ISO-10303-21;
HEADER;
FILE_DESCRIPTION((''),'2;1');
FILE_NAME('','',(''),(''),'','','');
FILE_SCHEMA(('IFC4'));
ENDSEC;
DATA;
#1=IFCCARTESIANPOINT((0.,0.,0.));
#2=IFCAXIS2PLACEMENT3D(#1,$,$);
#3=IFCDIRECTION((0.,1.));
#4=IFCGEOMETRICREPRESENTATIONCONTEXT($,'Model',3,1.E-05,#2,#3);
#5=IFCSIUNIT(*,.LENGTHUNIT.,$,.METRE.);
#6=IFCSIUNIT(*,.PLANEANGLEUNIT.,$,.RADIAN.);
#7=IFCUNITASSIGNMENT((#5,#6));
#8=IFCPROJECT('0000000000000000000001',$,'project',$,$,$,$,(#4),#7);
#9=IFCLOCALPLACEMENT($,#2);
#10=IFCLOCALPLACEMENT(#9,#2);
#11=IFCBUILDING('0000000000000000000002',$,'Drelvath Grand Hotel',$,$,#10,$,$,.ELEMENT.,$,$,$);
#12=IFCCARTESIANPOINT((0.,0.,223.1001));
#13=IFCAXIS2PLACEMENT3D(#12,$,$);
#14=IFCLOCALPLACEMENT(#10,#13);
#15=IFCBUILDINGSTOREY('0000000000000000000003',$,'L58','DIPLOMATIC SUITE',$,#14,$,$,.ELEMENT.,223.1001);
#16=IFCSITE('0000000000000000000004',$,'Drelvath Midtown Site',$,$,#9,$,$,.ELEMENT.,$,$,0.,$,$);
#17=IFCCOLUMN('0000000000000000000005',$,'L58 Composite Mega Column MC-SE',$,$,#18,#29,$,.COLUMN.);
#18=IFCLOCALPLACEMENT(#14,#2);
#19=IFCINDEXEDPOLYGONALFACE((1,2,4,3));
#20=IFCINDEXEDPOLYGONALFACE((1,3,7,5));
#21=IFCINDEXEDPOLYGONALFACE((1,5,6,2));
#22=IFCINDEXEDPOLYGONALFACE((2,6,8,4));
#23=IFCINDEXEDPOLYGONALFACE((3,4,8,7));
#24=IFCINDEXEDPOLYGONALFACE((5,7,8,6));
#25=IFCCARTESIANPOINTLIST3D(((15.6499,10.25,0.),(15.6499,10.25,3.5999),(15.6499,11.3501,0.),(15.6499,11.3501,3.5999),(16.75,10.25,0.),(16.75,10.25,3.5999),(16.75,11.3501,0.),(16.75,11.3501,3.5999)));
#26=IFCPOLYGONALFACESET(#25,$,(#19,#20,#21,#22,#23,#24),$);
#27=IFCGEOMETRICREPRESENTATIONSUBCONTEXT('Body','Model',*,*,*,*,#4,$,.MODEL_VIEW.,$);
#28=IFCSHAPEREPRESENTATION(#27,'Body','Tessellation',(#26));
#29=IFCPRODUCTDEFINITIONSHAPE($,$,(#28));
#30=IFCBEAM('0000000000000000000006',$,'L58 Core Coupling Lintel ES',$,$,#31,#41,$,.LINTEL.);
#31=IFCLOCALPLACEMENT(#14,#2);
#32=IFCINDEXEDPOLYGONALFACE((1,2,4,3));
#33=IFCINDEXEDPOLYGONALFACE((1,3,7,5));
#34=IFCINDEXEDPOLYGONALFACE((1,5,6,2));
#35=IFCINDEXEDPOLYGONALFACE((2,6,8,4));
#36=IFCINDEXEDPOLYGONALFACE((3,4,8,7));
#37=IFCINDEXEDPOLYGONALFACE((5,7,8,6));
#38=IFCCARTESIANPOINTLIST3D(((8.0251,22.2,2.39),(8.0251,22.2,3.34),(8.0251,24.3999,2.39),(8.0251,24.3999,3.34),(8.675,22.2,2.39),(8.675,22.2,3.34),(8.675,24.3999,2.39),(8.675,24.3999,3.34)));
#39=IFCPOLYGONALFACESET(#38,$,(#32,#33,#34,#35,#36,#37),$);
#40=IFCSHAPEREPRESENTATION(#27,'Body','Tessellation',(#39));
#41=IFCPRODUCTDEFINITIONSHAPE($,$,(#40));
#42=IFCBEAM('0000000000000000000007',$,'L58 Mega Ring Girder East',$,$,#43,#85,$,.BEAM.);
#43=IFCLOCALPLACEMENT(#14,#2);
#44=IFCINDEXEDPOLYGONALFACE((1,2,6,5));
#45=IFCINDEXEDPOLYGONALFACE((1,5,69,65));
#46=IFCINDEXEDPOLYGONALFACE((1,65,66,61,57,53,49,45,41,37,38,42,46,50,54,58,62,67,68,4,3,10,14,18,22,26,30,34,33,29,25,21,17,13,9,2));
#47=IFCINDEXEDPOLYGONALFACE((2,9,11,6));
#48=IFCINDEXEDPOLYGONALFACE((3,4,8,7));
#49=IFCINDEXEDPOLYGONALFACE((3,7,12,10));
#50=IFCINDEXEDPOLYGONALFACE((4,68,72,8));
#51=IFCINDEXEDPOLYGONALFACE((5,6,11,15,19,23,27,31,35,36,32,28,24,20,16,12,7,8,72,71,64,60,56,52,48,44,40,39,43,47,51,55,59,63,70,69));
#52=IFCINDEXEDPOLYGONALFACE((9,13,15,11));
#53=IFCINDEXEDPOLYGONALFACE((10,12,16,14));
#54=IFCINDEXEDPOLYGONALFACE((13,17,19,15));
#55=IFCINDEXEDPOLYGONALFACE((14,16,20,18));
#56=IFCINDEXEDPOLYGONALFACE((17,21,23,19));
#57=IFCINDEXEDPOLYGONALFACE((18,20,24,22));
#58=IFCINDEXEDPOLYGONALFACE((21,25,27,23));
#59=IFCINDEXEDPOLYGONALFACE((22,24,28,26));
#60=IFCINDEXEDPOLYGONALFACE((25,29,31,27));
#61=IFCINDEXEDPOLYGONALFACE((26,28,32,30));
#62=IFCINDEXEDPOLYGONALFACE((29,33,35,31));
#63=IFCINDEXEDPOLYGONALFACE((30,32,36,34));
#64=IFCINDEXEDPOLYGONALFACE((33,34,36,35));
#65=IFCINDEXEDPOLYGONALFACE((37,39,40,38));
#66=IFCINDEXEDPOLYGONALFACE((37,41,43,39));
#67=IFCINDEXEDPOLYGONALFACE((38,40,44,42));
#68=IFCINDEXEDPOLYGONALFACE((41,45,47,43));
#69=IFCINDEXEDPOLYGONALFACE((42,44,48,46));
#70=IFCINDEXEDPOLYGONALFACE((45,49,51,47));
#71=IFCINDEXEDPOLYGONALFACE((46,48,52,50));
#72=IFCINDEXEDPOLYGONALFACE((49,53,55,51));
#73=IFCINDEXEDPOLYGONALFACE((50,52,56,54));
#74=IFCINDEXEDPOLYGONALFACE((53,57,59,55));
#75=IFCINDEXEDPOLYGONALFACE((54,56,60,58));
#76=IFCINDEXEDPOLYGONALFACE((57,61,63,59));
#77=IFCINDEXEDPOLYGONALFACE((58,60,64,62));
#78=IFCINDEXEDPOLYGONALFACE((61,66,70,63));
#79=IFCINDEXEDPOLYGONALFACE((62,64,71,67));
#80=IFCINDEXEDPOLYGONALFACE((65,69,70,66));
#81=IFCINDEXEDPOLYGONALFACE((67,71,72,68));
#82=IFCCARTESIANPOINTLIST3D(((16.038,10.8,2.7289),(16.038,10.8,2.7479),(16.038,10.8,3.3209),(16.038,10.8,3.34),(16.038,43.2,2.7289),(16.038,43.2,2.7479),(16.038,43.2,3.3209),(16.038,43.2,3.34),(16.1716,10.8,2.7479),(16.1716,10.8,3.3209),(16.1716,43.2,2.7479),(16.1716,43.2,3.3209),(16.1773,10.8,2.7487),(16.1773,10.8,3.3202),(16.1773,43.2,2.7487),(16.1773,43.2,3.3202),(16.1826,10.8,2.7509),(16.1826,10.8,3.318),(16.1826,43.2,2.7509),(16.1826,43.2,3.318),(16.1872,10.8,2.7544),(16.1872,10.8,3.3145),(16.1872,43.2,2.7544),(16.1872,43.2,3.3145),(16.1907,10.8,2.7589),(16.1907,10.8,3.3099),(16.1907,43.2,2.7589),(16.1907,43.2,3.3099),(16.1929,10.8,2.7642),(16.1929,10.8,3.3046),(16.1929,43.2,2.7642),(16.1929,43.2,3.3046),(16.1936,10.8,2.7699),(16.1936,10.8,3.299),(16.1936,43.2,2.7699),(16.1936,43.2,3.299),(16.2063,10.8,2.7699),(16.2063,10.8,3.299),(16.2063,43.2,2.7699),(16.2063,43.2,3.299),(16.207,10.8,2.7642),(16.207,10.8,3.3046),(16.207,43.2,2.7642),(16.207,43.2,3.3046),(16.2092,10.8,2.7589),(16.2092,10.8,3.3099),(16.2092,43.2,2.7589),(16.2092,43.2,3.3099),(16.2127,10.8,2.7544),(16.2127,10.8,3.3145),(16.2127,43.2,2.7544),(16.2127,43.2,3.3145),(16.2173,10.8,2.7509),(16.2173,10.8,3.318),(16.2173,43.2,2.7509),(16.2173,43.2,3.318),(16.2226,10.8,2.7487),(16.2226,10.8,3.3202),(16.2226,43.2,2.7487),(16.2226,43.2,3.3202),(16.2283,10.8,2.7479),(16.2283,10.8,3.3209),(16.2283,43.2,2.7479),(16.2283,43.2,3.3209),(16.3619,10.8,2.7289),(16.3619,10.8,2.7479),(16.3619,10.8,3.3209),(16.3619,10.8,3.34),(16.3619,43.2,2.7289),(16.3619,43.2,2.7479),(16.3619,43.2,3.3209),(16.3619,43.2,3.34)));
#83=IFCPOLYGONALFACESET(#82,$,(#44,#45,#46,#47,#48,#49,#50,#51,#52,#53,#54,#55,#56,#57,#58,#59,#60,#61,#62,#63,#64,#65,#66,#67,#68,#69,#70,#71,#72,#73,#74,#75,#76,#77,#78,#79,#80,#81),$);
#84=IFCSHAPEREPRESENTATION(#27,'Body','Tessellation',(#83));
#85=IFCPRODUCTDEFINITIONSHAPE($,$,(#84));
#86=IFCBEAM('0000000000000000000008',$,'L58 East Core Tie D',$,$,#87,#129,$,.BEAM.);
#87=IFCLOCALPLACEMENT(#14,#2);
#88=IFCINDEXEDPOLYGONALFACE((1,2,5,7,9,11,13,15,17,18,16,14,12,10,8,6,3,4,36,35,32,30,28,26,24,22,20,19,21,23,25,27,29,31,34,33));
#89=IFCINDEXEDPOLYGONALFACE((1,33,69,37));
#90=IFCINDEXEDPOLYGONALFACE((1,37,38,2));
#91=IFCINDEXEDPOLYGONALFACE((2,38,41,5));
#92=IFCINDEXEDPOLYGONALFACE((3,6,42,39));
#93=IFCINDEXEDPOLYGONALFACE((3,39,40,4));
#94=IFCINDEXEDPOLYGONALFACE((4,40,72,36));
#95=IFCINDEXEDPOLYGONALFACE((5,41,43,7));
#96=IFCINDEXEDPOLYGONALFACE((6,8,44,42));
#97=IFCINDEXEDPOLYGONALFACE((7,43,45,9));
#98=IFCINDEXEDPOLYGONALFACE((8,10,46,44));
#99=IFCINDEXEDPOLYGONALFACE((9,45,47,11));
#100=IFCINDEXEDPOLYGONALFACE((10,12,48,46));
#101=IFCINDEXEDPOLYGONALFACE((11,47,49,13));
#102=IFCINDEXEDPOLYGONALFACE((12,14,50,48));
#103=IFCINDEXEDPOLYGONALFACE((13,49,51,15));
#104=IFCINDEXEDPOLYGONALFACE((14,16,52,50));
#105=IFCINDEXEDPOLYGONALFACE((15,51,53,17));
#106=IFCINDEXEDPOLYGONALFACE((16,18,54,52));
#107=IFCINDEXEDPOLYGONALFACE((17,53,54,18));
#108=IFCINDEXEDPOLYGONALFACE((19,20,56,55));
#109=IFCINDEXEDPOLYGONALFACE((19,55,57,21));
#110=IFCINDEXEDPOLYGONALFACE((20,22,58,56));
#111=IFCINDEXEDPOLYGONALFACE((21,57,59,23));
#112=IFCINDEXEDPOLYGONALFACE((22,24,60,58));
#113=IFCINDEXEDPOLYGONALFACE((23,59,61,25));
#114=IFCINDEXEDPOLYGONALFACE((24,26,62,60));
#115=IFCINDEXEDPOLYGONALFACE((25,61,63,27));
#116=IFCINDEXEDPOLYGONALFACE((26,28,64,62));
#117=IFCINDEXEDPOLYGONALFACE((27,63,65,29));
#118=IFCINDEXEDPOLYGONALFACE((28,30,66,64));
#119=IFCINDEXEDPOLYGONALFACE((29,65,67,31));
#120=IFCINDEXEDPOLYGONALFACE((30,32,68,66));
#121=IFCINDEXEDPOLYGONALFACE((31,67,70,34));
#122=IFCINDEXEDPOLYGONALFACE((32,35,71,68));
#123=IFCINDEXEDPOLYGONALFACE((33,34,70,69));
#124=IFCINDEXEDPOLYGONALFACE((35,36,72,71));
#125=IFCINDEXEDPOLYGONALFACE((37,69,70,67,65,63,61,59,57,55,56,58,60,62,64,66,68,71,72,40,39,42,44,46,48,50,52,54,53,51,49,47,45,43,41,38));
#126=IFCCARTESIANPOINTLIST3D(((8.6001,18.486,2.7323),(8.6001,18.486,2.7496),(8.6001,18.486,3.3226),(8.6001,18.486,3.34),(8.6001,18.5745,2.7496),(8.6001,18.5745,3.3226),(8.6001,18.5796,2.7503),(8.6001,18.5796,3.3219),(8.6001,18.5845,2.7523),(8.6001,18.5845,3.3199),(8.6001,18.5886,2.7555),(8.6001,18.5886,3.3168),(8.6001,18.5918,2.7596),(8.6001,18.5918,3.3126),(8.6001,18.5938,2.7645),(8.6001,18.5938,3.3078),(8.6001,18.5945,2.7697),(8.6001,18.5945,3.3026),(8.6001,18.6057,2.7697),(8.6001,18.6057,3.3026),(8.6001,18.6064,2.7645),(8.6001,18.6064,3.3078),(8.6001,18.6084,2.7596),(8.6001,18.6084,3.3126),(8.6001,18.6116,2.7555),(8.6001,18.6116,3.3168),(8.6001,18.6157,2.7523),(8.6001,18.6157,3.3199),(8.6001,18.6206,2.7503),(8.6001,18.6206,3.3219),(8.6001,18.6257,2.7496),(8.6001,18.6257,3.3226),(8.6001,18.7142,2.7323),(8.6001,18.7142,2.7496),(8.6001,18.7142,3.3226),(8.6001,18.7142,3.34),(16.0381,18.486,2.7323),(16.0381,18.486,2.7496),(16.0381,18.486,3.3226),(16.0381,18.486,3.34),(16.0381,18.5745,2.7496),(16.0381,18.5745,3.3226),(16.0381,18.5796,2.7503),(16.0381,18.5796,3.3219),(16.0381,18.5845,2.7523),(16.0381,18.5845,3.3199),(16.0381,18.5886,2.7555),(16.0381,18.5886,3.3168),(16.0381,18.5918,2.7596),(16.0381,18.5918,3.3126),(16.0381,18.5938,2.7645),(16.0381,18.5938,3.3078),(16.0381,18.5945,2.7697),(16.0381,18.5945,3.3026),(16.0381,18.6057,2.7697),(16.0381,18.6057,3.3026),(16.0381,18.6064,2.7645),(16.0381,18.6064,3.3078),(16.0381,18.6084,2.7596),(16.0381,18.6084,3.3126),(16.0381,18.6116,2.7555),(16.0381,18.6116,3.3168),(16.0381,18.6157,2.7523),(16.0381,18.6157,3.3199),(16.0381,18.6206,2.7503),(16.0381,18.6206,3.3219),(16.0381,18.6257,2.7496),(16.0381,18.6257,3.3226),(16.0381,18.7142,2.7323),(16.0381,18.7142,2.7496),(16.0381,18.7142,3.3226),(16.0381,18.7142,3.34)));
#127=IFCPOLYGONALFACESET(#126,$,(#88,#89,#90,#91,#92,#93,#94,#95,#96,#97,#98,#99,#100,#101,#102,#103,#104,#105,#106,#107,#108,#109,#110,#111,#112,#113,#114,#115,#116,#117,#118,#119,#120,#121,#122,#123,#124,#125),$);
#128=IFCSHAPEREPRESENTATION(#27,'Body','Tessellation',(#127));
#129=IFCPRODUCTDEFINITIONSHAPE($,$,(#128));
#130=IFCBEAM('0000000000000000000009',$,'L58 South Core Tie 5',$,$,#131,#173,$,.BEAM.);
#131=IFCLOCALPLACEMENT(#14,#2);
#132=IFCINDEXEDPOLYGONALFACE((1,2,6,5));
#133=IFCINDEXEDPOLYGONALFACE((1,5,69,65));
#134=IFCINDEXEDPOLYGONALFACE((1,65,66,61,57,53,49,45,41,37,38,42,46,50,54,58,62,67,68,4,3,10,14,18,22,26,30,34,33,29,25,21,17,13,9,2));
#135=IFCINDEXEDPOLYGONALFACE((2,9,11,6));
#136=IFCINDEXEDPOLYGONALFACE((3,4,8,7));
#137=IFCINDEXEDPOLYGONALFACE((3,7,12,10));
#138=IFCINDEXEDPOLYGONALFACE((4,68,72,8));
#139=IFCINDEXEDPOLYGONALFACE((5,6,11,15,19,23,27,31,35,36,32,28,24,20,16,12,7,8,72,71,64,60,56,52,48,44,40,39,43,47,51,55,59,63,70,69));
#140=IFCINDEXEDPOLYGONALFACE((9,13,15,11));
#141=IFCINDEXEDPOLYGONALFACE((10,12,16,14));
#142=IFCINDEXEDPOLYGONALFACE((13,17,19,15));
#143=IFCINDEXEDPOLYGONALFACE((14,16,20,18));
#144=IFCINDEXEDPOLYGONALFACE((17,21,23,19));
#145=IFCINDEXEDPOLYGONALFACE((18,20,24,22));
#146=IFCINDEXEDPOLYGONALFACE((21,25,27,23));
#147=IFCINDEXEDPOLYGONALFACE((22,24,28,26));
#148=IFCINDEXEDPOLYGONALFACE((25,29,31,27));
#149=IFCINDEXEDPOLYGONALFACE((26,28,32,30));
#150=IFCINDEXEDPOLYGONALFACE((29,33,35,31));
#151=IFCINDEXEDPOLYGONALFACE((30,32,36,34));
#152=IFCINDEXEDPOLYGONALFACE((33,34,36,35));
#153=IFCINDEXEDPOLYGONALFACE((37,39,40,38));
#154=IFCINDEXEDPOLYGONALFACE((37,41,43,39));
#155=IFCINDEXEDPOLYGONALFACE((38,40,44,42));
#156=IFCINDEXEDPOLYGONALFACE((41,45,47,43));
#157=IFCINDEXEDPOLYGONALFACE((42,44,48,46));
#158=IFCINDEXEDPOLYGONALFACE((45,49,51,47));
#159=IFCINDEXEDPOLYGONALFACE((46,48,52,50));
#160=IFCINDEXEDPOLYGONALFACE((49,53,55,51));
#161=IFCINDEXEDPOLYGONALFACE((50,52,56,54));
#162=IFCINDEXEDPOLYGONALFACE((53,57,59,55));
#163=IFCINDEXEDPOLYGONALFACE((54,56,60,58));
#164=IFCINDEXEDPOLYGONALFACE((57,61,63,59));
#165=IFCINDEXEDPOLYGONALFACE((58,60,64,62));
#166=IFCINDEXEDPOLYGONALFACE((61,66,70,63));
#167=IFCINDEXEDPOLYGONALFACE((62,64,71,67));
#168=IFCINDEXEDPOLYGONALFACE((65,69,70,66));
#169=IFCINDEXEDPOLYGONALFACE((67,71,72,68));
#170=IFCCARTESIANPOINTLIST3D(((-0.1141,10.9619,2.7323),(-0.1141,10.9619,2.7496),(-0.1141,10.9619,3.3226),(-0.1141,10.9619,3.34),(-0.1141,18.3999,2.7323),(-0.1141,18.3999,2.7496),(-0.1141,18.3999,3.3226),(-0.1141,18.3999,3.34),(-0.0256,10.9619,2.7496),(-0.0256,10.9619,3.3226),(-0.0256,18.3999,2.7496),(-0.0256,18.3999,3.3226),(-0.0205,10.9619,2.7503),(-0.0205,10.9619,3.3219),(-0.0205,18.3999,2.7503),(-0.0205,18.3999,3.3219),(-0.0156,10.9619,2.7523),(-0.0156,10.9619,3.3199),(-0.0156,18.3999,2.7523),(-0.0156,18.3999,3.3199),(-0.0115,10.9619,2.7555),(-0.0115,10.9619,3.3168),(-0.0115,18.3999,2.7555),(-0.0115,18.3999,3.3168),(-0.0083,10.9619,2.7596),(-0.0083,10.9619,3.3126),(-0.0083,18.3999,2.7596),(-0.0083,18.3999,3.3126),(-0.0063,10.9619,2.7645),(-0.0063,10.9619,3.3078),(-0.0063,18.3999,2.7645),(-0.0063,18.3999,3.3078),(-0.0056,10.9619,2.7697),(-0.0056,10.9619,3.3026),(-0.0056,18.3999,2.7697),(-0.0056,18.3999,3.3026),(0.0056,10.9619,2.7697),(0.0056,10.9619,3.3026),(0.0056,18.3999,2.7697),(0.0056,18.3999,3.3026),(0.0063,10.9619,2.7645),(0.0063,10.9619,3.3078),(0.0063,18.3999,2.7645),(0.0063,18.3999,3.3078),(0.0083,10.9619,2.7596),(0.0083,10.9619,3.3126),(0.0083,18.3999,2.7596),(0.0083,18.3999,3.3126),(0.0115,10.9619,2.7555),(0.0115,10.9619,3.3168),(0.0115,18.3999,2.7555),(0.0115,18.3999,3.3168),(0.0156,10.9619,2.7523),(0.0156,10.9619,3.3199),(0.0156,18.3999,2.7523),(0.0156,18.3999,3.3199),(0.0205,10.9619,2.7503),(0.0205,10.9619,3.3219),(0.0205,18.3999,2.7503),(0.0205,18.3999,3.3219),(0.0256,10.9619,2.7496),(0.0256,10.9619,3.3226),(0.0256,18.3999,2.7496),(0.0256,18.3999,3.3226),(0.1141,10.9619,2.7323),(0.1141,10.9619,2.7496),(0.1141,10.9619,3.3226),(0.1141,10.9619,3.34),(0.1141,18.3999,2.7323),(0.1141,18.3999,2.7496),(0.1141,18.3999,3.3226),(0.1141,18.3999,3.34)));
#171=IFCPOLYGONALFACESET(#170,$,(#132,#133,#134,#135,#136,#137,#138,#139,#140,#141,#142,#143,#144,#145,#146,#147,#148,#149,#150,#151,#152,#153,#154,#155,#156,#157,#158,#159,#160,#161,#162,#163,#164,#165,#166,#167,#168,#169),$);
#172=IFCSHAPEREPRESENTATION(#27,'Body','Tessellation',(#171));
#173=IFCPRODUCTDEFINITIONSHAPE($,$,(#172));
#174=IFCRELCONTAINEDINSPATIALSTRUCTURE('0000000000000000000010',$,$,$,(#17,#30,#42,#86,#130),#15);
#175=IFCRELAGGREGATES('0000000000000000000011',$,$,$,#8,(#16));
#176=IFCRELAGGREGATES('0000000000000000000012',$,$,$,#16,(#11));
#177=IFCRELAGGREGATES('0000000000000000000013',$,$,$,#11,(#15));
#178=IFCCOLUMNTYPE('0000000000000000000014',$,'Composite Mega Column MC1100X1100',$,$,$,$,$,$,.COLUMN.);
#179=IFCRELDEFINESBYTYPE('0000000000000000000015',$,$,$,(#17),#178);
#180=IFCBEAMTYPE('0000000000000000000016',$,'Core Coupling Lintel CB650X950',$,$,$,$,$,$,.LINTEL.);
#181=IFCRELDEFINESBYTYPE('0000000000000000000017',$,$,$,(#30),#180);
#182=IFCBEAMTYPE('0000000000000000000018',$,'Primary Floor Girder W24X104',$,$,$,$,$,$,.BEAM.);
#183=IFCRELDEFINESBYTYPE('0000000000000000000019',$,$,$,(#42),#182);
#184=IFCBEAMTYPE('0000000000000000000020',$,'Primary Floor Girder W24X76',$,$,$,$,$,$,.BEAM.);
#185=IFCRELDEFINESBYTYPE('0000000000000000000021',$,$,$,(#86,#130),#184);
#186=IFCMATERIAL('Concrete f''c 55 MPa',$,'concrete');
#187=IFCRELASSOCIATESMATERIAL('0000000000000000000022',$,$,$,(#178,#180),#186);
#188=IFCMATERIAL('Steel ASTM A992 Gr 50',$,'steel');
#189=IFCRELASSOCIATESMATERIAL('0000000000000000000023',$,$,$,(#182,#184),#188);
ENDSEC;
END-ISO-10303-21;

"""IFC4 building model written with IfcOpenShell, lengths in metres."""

from ifc_helpers import new_model, si_unit, direction, frame, origin, origin_2d, place, context, subcontext, project, spatial, rectangle, i_section, extrude, material, material_profile, profile_set, type_object, element, save


model = new_model("IFC4")

# Units and contexts
model_context = context("Model", 3, precision=1e-05, world=origin(), true_north=direction((0.0, 1.0)))
body_context = subcontext(model_context, "Body", "Model", "MODEL_VIEW")
ifc_project = project(units=[si_unit("LENGTHUNIT", "METRE"), si_unit("PLANEANGLEUNIT", "RADIAN")], contexts=[model_context])

# Site, building, storey
site_placement = place(None, origin())
site = spatial("IfcSite", under=ifc_project, at=site_placement, Name="Drelvath Midtown Site", CompositionType="ELEMENT", RefElevation=0.0)
building_placement = place(site_placement, origin())
building = spatial("IfcBuilding", under=site, at=building_placement, Name="Drelvath Grand Hotel", CompositionType="ELEMENT")
storey_placement = place(building_placement, frame((0.0, 0.0, 223.1001)))
storey = spatial("IfcBuildingStorey", under=building, at=storey_placement, Name="L58", Description="DIPLOMATIC SUITE", CompositionType="ELEMENT", Elevation=223.1001)

# Column
ifc_material_1 = material(Name="Concrete f'c 55 MPa", Category="concrete")
ifc_material_profile_1 = material_profile(ifc_material_1, rectangle(XDim=1.1001, YDim=1.1001, at=origin_2d()), Name="MC1100X1100")
ifc_profile_set_1 = profile_set([ifc_material_profile_1], Name="Concrete f'c 55 MPa")
column_type = type_object("IfcColumnType", Name="Composite Mega Column MC1100X1100", PredefinedType="COLUMN", material=ifc_profile_set_1)
column_placement = place(storey_placement, frame((16.2, 10.8, 0.0), z_axis=(0.0, 0.0, 1.0), x_axis=(1.0, 0.0, 0.0)))
element("IfcColumn", 1, at=column_placement, inside=storey, type_object=column_type, Name="L58 Composite Mega Column MC-SE", PredefinedType="COLUMN", context=body_context, shape_type="SweptSolid", body=[
    extrude(rectangle(XDim=1.1001, YDim=1.1001, at=origin_2d()), origin(), (0.0, 0.0, 1.0), 3.5999),
])

# Beams
ifc_material_profile_2 = material_profile(ifc_material_1, rectangle(XDim=0.6499, YDim=0.95, at=origin_2d()), Name="CB650X950")
ifc_profile_set_2 = profile_set([ifc_material_profile_2], Name="Concrete f'c 55 MPa")
beam_type_1 = type_object("IfcBeamType", Name="Core Coupling Lintel CB650X950", PredefinedType="LINTEL", material=ifc_profile_set_2)
beam_1_placement = place(storey_placement, frame((8.3501, 22.2, 2.865), z_axis=(0.0, 1.0, 0.0), x_axis=(-1.0, 0.0, 0.0)))
element("IfcBeam", 2, at=beam_1_placement, inside=storey, type_object=beam_type_1, Name="L58 Core Coupling Lintel ES", PredefinedType="LINTEL", context=body_context, shape_type="SweptSolid", body=[
    extrude(rectangle(XDim=0.6499, YDim=0.95, at=origin_2d()), origin(), (0.0, 0.0, 1.0), 2.2),
])
ifc_material_2 = material(Name="Steel ASTM A992 Gr 50", Category="steel")
ifc_material_profile_3 = material_profile(ifc_material_2, i_section(OverallWidth=0.324, OverallDepth=0.6111, WebThickness=0.0127, FlangeThickness=0.019, FilletRadius=0.022, at=origin_2d()), Name="W24X104")
ifc_profile_set_3 = profile_set([ifc_material_profile_3], Name="Steel ASTM A992 Gr 50")
beam_type_2 = type_object("IfcBeamType", Name="Primary Floor Girder W24X104", PredefinedType="BEAM", material=ifc_profile_set_3)
beam_2_placement = place(storey_placement, frame((16.2, 10.8, 3.0344), z_axis=(0.0, 1.0, 0.0), x_axis=(-1.0, 0.0, 0.0)))
element("IfcBeam", 3, at=beam_2_placement, inside=storey, type_object=beam_type_2, Name="L58 Mega Ring Girder East", PredefinedType="BEAM", context=body_context, shape_type="SweptSolid", body=[
    extrude(i_section(OverallWidth=0.324, OverallDepth=0.6111, WebThickness=0.0127, FlangeThickness=0.019, FilletRadius=0.022, at=origin_2d()), origin(), (0.0, 0.0, 1.0), 32.3999),
])
ifc_material_profile_4 = material_profile(ifc_material_2, i_section(OverallWidth=0.2283, OverallDepth=0.6077, WebThickness=0.0112, FlangeThickness=0.0173, FilletRadius=0.02, at=origin_2d()), Name="W24X76")
ifc_profile_set_4 = profile_set([ifc_material_profile_4], Name="Steel ASTM A992 Gr 50")
beam_type_3 = type_object("IfcBeamType", Name="Primary Floor Girder W24X76", PredefinedType="BEAM", material=ifc_profile_set_4)
for number, where, z_axis, x_axis, name in (
    (4, (8.6001, 18.6001, 3.0361), (1.0, 0.0, 0.0), (0.0, 1.0, 0.0), "L58 East Core Tie D"),
    (5, (0.0, 10.9619, 3.0361), (0.0, 1.0, 0.0), (-1.0, 0.0, 0.0), "L58 South Core Tie 5"),
):
    element("IfcBeam", number, at=place(storey_placement, frame(where, z_axis=z_axis, x_axis=x_axis)), inside=storey, type_object=beam_type_3, Name=name, PredefinedType="BEAM", context=body_context, shape_type="SweptSolid", body=[
        extrude(i_section(OverallWidth=0.2283, OverallDepth=0.6077, WebThickness=0.0112, FlangeThickness=0.0173, FilletRadius=0.02, at=origin_2d()), origin(), (0.0, 0.0, 1.0), 7.438),
    ])

save(model, "model.ifc")
